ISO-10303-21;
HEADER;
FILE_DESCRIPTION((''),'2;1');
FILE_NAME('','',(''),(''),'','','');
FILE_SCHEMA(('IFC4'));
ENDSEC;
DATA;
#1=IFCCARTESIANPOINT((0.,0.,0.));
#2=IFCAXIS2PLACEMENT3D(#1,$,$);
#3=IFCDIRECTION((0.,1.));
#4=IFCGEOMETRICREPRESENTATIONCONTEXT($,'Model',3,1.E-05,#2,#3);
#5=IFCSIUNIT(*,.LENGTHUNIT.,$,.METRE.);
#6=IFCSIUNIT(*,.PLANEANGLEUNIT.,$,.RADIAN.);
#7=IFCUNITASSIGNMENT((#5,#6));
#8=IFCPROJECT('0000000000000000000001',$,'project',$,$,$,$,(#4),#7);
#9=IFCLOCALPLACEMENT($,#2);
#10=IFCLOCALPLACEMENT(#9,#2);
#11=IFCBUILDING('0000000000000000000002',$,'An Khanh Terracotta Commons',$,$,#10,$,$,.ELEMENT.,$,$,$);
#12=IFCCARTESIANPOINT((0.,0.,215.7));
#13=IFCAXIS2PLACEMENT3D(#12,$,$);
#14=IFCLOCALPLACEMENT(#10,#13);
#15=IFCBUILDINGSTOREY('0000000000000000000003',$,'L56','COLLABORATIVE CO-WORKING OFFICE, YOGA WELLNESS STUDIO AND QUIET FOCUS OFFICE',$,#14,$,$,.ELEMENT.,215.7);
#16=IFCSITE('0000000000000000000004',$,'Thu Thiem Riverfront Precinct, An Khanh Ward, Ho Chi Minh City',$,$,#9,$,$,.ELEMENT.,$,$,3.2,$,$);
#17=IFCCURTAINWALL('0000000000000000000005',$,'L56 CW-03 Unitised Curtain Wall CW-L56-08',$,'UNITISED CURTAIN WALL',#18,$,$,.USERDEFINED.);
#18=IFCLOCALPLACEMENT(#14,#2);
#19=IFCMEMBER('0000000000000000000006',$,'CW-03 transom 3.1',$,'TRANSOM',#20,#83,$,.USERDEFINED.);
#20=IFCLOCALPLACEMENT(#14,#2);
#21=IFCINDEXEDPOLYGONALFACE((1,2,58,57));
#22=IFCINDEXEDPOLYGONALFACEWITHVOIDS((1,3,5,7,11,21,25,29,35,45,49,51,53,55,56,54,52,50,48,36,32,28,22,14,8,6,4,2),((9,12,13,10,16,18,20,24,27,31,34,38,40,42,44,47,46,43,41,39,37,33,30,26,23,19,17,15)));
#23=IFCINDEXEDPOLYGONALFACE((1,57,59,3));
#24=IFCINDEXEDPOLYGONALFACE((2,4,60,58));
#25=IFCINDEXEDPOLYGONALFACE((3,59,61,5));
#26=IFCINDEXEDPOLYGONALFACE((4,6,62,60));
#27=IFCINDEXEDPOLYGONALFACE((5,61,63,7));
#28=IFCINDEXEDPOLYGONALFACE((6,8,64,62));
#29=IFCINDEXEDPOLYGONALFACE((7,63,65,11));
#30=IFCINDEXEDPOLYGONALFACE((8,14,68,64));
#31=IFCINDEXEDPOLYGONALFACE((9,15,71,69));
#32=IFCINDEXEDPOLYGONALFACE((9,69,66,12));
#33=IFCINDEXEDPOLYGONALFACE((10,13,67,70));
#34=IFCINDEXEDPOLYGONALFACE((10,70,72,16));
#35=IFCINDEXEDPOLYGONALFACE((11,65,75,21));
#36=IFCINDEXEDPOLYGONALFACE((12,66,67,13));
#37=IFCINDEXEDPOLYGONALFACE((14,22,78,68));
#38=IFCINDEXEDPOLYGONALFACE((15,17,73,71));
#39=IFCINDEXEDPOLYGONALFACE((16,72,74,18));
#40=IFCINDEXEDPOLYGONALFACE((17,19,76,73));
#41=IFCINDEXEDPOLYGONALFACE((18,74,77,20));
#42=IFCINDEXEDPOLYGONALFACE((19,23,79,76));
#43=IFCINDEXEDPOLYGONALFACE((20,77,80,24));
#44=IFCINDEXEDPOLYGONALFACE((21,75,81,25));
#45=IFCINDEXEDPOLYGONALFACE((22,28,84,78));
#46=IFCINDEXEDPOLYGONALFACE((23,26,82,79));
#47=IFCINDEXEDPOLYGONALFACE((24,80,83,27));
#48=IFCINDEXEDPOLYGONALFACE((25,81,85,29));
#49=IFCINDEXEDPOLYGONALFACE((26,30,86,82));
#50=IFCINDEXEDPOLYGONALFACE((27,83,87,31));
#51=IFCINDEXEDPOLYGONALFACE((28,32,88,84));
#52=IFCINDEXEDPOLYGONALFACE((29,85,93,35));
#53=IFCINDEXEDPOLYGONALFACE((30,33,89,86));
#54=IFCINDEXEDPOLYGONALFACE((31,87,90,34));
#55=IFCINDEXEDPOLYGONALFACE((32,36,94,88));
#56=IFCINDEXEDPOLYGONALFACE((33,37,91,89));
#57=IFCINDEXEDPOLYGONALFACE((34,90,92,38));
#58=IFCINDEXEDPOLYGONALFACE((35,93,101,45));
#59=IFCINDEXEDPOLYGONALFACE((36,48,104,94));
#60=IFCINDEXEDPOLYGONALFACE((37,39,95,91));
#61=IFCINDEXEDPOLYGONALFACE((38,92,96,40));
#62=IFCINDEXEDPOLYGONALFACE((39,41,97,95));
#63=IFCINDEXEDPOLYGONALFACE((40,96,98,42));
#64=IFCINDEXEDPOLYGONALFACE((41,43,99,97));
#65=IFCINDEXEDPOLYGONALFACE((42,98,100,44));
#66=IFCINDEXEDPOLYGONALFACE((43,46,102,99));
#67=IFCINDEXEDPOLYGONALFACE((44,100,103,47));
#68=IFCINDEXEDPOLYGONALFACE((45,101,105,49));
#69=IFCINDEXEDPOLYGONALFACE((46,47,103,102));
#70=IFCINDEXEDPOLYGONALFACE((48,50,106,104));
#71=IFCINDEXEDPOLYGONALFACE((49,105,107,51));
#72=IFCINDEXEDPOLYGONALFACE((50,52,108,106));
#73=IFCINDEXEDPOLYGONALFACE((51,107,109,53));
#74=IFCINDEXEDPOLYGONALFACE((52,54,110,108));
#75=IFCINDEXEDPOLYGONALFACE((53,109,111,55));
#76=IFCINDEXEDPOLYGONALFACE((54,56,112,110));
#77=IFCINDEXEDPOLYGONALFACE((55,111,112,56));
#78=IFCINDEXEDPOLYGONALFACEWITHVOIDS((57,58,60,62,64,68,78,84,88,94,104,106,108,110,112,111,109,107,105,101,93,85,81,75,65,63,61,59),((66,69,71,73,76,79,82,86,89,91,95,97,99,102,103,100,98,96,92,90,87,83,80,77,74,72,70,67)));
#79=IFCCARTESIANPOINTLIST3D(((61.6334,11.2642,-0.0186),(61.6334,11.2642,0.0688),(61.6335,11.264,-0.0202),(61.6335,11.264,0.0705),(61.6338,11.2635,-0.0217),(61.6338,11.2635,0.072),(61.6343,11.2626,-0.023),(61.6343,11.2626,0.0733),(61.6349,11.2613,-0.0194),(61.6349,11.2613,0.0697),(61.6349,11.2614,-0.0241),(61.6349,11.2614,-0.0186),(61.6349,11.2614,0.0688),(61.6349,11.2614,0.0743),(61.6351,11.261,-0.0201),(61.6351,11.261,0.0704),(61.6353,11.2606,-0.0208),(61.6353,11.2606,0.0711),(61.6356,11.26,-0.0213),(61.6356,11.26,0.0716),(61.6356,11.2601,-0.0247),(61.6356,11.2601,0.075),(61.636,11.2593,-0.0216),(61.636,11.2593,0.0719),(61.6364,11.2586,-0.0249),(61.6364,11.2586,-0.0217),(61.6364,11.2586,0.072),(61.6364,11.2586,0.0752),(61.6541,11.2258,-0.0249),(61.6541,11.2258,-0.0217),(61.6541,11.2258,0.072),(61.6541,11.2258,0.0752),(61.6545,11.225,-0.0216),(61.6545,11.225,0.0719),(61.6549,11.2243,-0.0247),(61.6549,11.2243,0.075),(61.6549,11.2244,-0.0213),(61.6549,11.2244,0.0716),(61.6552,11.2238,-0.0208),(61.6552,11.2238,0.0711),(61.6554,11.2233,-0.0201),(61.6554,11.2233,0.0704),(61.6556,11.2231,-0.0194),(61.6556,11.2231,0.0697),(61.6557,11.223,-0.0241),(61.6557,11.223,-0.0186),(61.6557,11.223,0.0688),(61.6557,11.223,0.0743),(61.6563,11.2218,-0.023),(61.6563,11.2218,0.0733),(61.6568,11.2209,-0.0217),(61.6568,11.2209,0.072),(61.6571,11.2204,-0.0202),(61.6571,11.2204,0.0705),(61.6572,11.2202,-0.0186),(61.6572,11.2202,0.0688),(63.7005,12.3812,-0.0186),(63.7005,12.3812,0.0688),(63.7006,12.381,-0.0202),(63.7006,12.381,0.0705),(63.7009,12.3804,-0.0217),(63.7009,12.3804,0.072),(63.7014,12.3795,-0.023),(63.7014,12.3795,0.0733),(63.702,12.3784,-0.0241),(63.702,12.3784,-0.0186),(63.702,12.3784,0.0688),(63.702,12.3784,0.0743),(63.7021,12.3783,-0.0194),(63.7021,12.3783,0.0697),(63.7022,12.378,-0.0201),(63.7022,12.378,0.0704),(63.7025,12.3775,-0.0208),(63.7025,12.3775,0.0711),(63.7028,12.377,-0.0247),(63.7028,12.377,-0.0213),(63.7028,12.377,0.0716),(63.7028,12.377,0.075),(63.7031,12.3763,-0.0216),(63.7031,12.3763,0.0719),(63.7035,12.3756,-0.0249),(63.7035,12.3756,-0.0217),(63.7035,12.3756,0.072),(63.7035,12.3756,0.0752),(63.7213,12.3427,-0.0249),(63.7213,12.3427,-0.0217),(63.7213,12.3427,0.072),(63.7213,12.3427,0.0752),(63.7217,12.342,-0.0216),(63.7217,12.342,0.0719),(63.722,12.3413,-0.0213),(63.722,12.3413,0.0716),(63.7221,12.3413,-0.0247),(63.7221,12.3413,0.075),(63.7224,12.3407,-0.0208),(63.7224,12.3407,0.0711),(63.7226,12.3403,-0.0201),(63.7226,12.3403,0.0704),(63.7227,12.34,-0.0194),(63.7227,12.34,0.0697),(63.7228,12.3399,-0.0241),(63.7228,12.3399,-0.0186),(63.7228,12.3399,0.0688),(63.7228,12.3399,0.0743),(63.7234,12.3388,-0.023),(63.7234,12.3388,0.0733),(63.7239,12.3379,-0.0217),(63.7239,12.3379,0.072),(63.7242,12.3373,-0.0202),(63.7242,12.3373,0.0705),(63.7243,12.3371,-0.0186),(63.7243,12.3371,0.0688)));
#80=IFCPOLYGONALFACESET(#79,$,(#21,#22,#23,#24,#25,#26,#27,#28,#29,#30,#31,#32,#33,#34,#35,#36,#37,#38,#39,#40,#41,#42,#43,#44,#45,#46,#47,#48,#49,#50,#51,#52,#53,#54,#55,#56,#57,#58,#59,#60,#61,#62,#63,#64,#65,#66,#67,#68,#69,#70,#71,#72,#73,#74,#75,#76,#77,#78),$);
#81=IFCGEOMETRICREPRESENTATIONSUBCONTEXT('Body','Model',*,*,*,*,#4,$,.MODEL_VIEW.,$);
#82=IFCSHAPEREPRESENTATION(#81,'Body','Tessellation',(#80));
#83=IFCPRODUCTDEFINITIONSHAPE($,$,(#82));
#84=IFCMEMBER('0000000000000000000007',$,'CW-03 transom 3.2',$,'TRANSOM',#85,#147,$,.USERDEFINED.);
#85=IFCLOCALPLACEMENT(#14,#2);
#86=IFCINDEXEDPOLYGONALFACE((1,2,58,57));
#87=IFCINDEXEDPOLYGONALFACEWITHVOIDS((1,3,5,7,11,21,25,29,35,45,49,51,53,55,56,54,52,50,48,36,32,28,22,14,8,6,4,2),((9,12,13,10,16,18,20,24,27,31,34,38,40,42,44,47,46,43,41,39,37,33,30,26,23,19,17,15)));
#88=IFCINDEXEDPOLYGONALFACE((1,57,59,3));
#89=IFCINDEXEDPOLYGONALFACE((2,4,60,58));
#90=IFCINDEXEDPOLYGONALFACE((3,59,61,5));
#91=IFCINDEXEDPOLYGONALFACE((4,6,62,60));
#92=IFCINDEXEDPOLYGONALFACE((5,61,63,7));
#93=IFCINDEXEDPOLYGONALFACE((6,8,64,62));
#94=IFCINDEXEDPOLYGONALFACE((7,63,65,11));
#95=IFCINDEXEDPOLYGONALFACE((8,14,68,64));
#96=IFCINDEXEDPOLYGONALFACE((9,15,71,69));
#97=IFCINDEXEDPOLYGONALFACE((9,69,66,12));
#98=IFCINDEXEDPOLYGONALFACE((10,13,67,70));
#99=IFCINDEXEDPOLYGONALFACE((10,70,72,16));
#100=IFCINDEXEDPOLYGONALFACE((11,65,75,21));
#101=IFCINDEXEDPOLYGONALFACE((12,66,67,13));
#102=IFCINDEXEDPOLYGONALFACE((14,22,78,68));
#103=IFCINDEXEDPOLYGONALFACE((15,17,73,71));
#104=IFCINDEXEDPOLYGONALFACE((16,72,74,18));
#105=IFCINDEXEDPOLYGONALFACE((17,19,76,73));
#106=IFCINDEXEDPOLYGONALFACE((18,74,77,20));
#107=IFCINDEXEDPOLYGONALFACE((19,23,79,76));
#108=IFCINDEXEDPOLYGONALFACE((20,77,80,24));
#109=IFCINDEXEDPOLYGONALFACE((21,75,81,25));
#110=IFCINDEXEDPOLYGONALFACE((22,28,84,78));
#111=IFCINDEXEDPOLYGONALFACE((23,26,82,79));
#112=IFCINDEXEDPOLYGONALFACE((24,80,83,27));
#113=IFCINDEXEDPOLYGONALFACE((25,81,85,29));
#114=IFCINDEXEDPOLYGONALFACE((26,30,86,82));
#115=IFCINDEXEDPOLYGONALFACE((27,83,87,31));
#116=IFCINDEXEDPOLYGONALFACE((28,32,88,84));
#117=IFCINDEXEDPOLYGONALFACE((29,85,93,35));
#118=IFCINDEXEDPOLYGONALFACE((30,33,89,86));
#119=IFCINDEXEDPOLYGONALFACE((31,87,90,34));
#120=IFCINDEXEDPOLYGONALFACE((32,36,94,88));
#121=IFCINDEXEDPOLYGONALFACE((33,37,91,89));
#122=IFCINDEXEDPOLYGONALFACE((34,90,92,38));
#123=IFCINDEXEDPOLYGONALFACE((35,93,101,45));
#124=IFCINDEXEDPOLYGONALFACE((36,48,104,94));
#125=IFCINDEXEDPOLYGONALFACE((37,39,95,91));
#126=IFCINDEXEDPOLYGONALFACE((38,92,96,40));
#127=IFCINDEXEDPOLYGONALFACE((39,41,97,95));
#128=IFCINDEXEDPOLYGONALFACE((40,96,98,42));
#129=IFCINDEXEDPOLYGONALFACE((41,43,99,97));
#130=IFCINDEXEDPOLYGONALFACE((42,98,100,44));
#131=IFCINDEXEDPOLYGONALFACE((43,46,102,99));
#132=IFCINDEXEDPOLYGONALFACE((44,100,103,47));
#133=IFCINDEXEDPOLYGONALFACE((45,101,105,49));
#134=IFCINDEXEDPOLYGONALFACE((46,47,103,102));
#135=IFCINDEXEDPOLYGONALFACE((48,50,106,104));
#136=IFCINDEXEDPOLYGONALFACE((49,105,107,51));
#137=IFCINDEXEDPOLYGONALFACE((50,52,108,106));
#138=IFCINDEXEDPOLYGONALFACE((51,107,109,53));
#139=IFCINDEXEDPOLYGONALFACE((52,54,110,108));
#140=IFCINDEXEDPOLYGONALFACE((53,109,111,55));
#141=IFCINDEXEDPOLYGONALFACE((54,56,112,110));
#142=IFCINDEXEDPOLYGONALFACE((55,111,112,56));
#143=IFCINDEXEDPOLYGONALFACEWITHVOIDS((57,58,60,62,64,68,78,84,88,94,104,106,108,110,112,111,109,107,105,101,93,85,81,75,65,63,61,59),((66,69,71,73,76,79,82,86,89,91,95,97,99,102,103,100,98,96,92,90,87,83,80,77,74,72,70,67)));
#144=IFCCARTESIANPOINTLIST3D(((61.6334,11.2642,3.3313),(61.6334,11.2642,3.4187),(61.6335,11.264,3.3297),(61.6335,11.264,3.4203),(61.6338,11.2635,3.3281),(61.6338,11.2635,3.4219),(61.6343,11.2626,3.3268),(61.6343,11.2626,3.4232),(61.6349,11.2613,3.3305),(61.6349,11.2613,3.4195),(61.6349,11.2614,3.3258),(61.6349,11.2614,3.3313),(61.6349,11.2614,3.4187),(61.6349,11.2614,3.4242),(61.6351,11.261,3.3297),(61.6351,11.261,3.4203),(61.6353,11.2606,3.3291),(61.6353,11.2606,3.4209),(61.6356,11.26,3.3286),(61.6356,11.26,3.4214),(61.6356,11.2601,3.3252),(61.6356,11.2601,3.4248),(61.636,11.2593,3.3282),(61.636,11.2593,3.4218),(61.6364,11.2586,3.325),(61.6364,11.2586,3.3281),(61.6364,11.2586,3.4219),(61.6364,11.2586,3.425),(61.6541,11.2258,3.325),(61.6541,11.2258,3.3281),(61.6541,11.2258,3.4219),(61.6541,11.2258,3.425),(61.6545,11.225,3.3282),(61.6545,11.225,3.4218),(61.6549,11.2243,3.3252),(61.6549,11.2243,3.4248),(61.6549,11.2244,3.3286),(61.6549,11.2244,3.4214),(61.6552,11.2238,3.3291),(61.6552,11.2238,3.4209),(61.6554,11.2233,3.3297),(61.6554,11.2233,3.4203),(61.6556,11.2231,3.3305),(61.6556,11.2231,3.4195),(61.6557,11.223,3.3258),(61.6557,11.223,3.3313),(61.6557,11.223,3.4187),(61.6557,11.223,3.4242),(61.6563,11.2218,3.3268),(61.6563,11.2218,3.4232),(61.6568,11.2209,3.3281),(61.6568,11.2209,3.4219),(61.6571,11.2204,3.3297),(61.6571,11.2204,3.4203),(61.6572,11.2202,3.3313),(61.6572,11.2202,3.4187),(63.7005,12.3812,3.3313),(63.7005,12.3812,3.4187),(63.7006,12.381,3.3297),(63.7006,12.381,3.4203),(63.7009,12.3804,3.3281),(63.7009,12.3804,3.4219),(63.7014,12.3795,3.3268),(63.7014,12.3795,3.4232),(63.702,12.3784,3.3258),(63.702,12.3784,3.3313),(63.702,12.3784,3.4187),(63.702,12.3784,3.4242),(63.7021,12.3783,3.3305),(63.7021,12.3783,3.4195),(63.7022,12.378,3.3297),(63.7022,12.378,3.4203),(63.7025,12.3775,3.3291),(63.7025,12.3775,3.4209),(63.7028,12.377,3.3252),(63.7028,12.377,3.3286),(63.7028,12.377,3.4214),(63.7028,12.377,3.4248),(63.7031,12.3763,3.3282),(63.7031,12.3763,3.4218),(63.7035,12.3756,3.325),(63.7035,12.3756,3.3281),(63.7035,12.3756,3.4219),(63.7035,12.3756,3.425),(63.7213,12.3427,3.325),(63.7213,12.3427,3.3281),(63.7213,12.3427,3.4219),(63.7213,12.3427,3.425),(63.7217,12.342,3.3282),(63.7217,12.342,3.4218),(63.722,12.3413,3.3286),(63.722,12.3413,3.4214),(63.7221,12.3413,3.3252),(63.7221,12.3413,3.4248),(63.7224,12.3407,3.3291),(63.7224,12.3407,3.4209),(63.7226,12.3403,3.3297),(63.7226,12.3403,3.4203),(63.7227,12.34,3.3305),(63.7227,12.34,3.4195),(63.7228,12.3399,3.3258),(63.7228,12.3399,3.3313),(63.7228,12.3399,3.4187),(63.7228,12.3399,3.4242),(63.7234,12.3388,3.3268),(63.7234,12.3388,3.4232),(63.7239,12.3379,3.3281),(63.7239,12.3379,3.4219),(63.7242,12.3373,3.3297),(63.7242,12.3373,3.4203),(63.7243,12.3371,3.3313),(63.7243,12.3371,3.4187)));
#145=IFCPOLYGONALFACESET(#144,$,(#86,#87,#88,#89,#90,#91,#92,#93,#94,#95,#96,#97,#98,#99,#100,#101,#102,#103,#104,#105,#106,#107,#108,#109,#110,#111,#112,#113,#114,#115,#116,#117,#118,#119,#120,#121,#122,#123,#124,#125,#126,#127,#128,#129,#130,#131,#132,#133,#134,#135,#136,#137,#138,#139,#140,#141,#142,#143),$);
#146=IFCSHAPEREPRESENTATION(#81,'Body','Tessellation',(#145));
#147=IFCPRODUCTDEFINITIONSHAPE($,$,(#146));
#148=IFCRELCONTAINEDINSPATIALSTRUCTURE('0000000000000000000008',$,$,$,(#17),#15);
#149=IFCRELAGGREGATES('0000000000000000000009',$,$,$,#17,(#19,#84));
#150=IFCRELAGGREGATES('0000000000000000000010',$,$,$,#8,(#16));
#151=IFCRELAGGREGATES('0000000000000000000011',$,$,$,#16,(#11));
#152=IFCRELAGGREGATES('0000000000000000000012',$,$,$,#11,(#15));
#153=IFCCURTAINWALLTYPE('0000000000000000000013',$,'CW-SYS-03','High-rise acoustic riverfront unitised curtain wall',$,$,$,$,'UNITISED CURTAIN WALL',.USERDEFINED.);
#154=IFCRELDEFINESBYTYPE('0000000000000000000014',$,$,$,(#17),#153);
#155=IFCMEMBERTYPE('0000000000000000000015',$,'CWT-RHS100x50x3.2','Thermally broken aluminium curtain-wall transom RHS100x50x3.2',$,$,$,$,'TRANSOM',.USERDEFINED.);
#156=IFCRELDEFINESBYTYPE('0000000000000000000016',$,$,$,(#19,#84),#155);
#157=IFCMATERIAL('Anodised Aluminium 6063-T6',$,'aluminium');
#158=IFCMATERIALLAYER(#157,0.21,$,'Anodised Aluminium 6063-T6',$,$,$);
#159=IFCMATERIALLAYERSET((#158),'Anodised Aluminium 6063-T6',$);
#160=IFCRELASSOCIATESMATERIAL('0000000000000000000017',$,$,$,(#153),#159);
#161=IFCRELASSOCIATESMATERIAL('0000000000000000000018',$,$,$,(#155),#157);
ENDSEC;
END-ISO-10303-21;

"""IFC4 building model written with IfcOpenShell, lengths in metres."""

from ifc_helpers import new_model, si_unit, direction, frame, origin, origin_2d, place, context, subcontext, project, spatial, hollow_rectangle, extrude, material, layer, layer_set, material_profile, profile_set, type_object, element, aggregate, save


model = new_model("IFC4")

# Units and contexts
model_context = context("Model", 3, precision=1e-05, world=origin(), true_north=direction((0.0, 1.0)))
body_context = subcontext(model_context, "Body", "Model", "MODEL_VIEW")
ifc_project = project(units=[si_unit("LENGTHUNIT", "METRE"), si_unit("PLANEANGLEUNIT", "RADIAN")], contexts=[model_context])

# Site, building, storey
site_placement = place(None, origin())
site = spatial("IfcSite", under=ifc_project, at=site_placement, Name="Thu Thiem Riverfront Precinct, An Khanh Ward, Ho Chi Minh City", CompositionType="ELEMENT", RefElevation=3.2)
building_placement = place(site_placement, origin())
building = spatial("IfcBuilding", under=site, at=building_placement, Name="An Khanh Terracotta Commons", CompositionType="ELEMENT")
storey_placement = place(building_placement, frame((0.0, 0.0, 215.7)))
storey = spatial("IfcBuildingStorey", under=building, at=storey_placement, Name="L56", Description="COLLABORATIVE CO-WORKING OFFICE, YOGA WELLNESS STUDIO AND QUIET FOCUS OFFICE", CompositionType="ELEMENT", Elevation=215.7)

# Curtain wall
ifc_material_1 = material(Name="Anodised Aluminium 6063-T6", Category="aluminium")
ifc_layer_1 = layer(ifc_material_1, 0.21, Name="Anodised Aluminium 6063-T6")
ifc_layer_set_1 = layer_set([ifc_layer_1], Name="Anodised Aluminium 6063-T6")
curtain_wall_type = type_object("IfcCurtainWallType", Name="CW-SYS-03", Description="High-rise acoustic riverfront unitised curtain wall", ElementType="UNITISED CURTAIN WALL", PredefinedType="USERDEFINED", material=ifc_layer_set_1)
curtain_wall_1_placement = place(storey_placement, origin())
curtain_wall_1 = element("IfcCurtainWall", 1, at=curtain_wall_1_placement, inside=storey, type_object=curtain_wall_type, Name="L56 CW-03 Unitised Curtain Wall CW-L56-08", ObjectType="UNITISED CURTAIN WALL", PredefinedType="USERDEFINED")

# Members
ifc_material_profile_1 = material_profile(ifc_material_1, hollow_rectangle(XDim=0.05, YDim=0.1001, WallThickness=0.0032, InnerFilletRadius=0.0032, OuterFilletRadius=0.0063, at=origin_2d()), Name="RHS100x50x3.2")
ifc_profile_set_1 = profile_set([ifc_material_profile_1], Name="Anodised Aluminium 6063-T6")
member_type_1 = type_object("IfcMemberType", Name="CWT-RHS100x50x3.2", Description="Thermally broken aluminium curtain-wall transom RHS100x50x3.2", ElementType="TRANSOM", PredefinedType="USERDEFINED", material=ifc_profile_set_1)
member_1_placement = place(storey_placement, frame((61.6453, 11.2422, 0.0251), z_axis=(0.879783, 0.475376, 0.0), x_axis=(-0.475376, 0.879783, 0.0)))
member_1 = element("IfcMember", 2, at=member_1_placement, type_object=member_type_1, Name="CW-03 transom 3.1", ObjectType="TRANSOM", PredefinedType="USERDEFINED", context=body_context, shape_type="SweptSolid", body=[
    extrude(hollow_rectangle(XDim=0.05, YDim=0.1001, WallThickness=0.0032, InnerFilletRadius=0.0032, OuterFilletRadius=0.0063, at=origin_2d()), origin(), (0.0, 0.0, 1.0), 2.3496),
])
member_2_placement = place(storey_placement, frame((61.6453, 11.2422, 3.375), z_axis=(0.879783, 0.475376, 0.0), x_axis=(-0.475376, 0.879783, 0.0)))
member_2 = element("IfcMember", 3, at=member_2_placement, type_object=member_type_1, Name="CW-03 transom 3.2", ObjectType="TRANSOM", PredefinedType="USERDEFINED", context=body_context, shape_type="SweptSolid", body=[
    extrude(hollow_rectangle(XDim=0.05, YDim=0.1001, WallThickness=0.0032, InnerFilletRadius=0.0032, OuterFilletRadius=0.0063, at=origin_2d()), origin(), (0.0, 0.0, 1.0), 2.3496),
])

aggregate(curtain_wall_1, [member_1, member_2])

save(model, "model.ifc")
